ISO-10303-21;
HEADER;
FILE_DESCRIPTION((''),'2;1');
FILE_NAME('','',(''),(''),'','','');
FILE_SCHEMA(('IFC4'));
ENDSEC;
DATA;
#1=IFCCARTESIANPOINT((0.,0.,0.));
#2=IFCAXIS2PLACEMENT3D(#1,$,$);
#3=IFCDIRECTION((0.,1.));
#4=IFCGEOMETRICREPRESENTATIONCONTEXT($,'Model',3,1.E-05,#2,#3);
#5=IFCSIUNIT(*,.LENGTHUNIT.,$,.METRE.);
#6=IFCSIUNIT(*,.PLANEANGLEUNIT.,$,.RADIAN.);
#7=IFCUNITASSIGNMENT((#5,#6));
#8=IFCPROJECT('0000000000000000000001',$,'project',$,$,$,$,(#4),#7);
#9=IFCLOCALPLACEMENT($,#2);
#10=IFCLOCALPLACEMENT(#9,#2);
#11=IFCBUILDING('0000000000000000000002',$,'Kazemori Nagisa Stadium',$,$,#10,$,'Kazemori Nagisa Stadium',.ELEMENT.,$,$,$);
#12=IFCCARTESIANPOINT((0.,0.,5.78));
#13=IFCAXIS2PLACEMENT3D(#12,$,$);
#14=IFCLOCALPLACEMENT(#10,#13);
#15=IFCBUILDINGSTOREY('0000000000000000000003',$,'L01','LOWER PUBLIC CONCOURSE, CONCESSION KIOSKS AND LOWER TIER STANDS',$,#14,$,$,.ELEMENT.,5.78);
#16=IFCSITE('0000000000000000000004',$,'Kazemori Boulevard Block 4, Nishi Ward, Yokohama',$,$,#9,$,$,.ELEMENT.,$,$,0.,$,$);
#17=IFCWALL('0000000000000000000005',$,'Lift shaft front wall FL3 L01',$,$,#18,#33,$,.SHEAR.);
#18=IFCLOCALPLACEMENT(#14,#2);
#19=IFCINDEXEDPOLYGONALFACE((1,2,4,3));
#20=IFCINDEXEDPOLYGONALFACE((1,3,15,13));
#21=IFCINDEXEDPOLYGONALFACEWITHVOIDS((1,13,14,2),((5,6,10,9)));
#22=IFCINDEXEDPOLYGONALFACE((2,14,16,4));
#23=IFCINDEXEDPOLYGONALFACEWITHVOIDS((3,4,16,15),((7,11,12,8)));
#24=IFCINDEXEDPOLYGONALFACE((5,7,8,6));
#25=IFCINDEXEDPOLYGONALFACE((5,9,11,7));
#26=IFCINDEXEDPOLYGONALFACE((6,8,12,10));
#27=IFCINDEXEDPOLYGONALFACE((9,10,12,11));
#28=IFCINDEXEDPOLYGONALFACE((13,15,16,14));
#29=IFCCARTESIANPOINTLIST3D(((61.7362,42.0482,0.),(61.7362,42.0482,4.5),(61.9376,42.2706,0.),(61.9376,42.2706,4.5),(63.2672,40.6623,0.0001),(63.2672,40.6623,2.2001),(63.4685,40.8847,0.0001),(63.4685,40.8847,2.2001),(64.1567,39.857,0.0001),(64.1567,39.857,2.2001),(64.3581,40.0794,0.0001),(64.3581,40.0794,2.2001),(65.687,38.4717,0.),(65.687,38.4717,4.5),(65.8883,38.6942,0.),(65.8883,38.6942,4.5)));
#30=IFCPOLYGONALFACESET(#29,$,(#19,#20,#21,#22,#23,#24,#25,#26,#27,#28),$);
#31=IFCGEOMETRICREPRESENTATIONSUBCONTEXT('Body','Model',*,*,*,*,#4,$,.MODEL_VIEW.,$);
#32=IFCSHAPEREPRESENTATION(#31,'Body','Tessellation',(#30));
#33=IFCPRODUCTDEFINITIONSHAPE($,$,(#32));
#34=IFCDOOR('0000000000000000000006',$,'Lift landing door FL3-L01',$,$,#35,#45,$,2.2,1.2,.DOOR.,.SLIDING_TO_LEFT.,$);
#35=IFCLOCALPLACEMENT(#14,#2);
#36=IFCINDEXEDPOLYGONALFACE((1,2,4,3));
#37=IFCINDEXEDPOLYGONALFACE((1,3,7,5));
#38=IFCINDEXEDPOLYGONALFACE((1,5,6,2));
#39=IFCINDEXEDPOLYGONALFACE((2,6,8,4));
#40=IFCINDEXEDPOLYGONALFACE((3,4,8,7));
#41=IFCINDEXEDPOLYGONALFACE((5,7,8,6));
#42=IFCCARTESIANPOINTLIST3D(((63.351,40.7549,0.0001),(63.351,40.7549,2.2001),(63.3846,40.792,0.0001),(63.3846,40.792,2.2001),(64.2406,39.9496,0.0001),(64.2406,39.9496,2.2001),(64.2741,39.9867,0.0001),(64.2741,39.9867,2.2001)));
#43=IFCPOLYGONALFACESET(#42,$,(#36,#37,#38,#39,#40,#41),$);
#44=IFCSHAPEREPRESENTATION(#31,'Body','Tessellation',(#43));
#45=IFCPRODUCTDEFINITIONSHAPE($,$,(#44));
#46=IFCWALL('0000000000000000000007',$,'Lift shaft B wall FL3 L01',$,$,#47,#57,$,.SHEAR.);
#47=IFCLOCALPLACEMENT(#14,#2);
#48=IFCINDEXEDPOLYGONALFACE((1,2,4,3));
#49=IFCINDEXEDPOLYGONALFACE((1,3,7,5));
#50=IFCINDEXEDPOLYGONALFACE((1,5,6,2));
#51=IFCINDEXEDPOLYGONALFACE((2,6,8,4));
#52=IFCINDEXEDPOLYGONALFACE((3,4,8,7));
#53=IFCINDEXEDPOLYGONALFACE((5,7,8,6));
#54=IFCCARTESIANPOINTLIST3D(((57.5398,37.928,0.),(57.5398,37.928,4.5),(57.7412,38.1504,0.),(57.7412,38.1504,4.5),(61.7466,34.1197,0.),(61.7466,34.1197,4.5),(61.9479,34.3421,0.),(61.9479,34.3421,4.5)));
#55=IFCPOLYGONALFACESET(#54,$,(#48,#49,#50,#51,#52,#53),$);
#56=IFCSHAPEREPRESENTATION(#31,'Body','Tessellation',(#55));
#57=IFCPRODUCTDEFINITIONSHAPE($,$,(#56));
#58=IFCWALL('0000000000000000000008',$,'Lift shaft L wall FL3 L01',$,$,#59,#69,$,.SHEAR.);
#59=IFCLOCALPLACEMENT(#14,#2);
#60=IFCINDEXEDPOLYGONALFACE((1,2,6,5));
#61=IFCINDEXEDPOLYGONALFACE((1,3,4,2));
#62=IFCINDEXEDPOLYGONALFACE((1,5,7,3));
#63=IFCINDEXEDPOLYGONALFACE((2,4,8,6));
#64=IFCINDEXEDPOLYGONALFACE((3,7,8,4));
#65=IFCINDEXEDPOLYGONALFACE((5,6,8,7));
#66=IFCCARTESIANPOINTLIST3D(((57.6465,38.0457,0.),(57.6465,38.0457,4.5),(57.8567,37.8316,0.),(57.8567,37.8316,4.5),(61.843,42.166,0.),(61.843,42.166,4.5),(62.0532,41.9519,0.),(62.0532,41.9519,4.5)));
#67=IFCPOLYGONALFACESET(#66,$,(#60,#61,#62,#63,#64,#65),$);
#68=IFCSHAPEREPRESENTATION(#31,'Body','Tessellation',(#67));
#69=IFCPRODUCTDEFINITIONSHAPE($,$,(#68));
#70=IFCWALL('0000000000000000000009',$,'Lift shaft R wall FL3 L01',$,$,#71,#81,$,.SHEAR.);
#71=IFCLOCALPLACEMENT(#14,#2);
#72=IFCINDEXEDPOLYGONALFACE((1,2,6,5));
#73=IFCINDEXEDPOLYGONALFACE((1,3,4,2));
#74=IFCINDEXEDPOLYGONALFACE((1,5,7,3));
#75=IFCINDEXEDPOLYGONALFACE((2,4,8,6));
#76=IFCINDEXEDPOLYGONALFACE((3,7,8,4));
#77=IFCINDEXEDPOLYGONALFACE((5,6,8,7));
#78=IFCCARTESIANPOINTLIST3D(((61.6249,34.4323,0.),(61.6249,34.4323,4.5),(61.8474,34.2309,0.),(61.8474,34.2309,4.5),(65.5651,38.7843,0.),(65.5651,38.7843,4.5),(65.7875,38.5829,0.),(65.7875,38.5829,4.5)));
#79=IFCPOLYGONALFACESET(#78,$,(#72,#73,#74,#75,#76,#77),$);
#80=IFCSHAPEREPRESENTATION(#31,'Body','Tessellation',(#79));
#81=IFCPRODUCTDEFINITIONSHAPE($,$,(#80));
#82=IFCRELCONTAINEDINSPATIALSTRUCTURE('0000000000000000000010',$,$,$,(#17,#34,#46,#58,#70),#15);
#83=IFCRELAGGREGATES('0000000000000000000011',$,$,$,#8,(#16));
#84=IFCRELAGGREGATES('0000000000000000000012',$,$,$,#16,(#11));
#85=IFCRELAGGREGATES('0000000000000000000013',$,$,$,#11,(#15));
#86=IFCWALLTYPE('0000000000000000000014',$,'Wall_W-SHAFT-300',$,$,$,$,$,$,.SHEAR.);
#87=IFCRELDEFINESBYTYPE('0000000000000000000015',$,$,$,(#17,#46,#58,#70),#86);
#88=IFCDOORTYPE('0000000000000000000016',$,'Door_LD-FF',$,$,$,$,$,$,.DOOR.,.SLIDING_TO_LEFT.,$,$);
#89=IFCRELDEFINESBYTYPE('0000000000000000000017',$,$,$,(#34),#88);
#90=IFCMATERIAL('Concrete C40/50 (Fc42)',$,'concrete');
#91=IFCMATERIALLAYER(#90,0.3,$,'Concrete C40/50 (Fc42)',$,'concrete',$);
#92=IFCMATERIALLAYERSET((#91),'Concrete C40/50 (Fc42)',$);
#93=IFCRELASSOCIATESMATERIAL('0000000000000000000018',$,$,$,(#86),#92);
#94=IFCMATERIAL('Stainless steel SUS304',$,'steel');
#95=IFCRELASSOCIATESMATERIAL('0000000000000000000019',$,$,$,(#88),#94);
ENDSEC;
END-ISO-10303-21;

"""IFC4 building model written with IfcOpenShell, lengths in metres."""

from ifc_helpers import new_model, si_unit, direction, frame, frame_2d, origin, place, context, subcontext, project, spatial, rectangle, extrude, material, layer, layer_set, type_object, element, fill, save


model = new_model("IFC4")

# Units and contexts
model_context = context("Model", 3, precision=1e-05, world=origin(), true_north=direction((0.0, 1.0)))
body_context = subcontext(model_context, "Body", "Model", "MODEL_VIEW")
ifc_project = project(units=[si_unit("LENGTHUNIT", "METRE"), si_unit("PLANEANGLEUNIT", "RADIAN")], contexts=[model_context])

# Site, building, storey
site_placement = place(None, origin())
site = spatial("IfcSite", under=ifc_project, at=site_placement, Name="Kazemori Boulevard Block 4, Nishi Ward, Yokohama", CompositionType="ELEMENT", RefElevation=0.0)
building_placement = place(site_placement, origin())
building = spatial("IfcBuilding", under=site, at=building_placement, Name="Kazemori Nagisa Stadium", LongName="Kazemori Nagisa Stadium", CompositionType="ELEMENT")
storey_placement = place(building_placement, frame((0.0, 0.0, 5.78)))
storey = spatial("IfcBuildingStorey", under=building, at=storey_placement, Name="L01", Description="LOWER PUBLIC CONCOURSE, CONCESSION KIOSKS AND LOWER TIER STANDS", CompositionType="ELEMENT", Elevation=5.78)

# Shared definitions
ifc_material_1 = material(Name="Concrete C40/50 (Fc42)", Category="concrete")

# Wall, opening, door
ifc_layer_1 = layer(ifc_material_1, 0.3, Name="Concrete C40/50 (Fc42)", Category="concrete")
ifc_layer_set_1 = layer_set([ifc_layer_1], Name="Concrete C40/50 (Fc42)")
wall_type_1 = type_object("IfcWallType", Name="Wall_W-SHAFT-300", PredefinedType="SHEAR", material=ifc_layer_set_1)
wall_1_placement = place(storey_placement, frame((61.8369, 42.1594, 0.0), z_axis=(0.0, 0.0, 1.0), x_axis=(0.74135, -0.671118, 0.0)))
wall_1 = element("IfcWall", 1, at=wall_1_placement, inside=storey, type_object=wall_type_1, Name="Lift shaft front wall FL3 L01", PredefinedType="SHEAR", context=body_context, shape_type="SweptSolid", body=[
    extrude(rectangle(XDim=5.3291, YDim=0.3, at=frame_2d((2.6646, 0.0))), origin(), (0.0, 0.0, 1.0), 4.5),
])
opening_1_placement = place(wall_1_placement, frame((2.0649, 0.0, 0.0)))
opening_1 = element("IfcOpeningElement", 2, at=opening_1_placement, cuts=wall_1, PredefinedType="OPENING", context=body_context, shape_type="SweptSolid", body=[
    extrude(rectangle(XDim=1.2, YDim=2.2, at=frame_2d((0.6001, 1.1001))), frame((0.0, 0.1599, 0.0), z_axis=(0.0, -1.0, 0.0), x_axis=(1.0, 0.0, 0.0)), (0.0, 0.0, 1.0), 0.3201),
])
ifc_material_2 = material(Name="Stainless steel SUS304", Category="steel")
door_type_1 = type_object("IfcDoorType", Name="Door_LD-FF", OperationType="SLIDING_TO_LEFT", PredefinedType="DOOR", material=ifc_material_2)
door_1_placement = place(opening_1_placement, origin())
door_1 = element("IfcDoor", 3, at=door_1_placement, inside=storey, type_object=door_type_1, Name="Lift landing door FL3-L01", OperationType="SLIDING_TO_LEFT", OverallHeight=2.2, OverallWidth=1.2, PredefinedType="DOOR", context=body_context, shape_type="SweptSolid", body=[
    extrude(rectangle(XDim=1.2, YDim=2.2, at=frame_2d((0.6001, 1.1001))), frame((0.0, 0.0249, 0.0), z_axis=(0.0, -1.0, 0.0), x_axis=(1.0, 0.0, 0.0)), (0.0, 0.0, 1.0), 0.05),
])
fill(opening_1, door_1)

# Walls
wall_2_placement = place(storey_placement, frame((57.6404, 38.0393, 0.0), z_axis=(0.0, 0.0, 1.0), x_axis=(0.741342, -0.671127, 0.0)))
element("IfcWall", 4, at=wall_2_placement, inside=storey, type_object=wall_type_1, Name="Lift shaft B wall FL3 L01", PredefinedType="SHEAR", context=body_context, shape_type="SweptSolid", body=[
    extrude(rectangle(XDim=5.6746, YDim=0.3, at=frame_2d((2.8374, 0.0))), origin(), (0.0, 0.0, 1.0), 4.5),
])
wall_3_placement = place(storey_placement, frame((61.948, 42.0588, 0.0), z_axis=(0.0, 0.0, 1.0), x_axis=(-0.713553, -0.700601, 0.0)))
element("IfcWall", 5, at=wall_3_placement, inside=storey, type_object=wall_type_1, Name="Lift shaft L wall FL3 L01", PredefinedType="SHEAR", context=body_context, shape_type="SweptSolid", body=[
    extrude(rectangle(XDim=5.8811, YDim=0.3, at=frame_2d((2.9404, 0.0))), origin(), (0.0, 0.0, 1.0), 4.5),
])
wall_4_placement = place(storey_placement, frame((65.6763, 38.6836, 0.0), z_axis=(0.0, 0.0, 1.0), x_axis=(-0.671158, -0.741314, 0.0)))
element("IfcWall", 6, at=wall_4_placement, inside=storey, type_object=wall_type_1, Name="Lift shaft R wall FL3 L01", PredefinedType="SHEAR", context=body_context, shape_type="SweptSolid", body=[
    extrude(rectangle(XDim=5.8706, YDim=0.3, at=frame_2d((2.9353, 0.0))), origin(), (0.0, 0.0, 1.0), 4.5),
])

save(model, "model.ifc")
